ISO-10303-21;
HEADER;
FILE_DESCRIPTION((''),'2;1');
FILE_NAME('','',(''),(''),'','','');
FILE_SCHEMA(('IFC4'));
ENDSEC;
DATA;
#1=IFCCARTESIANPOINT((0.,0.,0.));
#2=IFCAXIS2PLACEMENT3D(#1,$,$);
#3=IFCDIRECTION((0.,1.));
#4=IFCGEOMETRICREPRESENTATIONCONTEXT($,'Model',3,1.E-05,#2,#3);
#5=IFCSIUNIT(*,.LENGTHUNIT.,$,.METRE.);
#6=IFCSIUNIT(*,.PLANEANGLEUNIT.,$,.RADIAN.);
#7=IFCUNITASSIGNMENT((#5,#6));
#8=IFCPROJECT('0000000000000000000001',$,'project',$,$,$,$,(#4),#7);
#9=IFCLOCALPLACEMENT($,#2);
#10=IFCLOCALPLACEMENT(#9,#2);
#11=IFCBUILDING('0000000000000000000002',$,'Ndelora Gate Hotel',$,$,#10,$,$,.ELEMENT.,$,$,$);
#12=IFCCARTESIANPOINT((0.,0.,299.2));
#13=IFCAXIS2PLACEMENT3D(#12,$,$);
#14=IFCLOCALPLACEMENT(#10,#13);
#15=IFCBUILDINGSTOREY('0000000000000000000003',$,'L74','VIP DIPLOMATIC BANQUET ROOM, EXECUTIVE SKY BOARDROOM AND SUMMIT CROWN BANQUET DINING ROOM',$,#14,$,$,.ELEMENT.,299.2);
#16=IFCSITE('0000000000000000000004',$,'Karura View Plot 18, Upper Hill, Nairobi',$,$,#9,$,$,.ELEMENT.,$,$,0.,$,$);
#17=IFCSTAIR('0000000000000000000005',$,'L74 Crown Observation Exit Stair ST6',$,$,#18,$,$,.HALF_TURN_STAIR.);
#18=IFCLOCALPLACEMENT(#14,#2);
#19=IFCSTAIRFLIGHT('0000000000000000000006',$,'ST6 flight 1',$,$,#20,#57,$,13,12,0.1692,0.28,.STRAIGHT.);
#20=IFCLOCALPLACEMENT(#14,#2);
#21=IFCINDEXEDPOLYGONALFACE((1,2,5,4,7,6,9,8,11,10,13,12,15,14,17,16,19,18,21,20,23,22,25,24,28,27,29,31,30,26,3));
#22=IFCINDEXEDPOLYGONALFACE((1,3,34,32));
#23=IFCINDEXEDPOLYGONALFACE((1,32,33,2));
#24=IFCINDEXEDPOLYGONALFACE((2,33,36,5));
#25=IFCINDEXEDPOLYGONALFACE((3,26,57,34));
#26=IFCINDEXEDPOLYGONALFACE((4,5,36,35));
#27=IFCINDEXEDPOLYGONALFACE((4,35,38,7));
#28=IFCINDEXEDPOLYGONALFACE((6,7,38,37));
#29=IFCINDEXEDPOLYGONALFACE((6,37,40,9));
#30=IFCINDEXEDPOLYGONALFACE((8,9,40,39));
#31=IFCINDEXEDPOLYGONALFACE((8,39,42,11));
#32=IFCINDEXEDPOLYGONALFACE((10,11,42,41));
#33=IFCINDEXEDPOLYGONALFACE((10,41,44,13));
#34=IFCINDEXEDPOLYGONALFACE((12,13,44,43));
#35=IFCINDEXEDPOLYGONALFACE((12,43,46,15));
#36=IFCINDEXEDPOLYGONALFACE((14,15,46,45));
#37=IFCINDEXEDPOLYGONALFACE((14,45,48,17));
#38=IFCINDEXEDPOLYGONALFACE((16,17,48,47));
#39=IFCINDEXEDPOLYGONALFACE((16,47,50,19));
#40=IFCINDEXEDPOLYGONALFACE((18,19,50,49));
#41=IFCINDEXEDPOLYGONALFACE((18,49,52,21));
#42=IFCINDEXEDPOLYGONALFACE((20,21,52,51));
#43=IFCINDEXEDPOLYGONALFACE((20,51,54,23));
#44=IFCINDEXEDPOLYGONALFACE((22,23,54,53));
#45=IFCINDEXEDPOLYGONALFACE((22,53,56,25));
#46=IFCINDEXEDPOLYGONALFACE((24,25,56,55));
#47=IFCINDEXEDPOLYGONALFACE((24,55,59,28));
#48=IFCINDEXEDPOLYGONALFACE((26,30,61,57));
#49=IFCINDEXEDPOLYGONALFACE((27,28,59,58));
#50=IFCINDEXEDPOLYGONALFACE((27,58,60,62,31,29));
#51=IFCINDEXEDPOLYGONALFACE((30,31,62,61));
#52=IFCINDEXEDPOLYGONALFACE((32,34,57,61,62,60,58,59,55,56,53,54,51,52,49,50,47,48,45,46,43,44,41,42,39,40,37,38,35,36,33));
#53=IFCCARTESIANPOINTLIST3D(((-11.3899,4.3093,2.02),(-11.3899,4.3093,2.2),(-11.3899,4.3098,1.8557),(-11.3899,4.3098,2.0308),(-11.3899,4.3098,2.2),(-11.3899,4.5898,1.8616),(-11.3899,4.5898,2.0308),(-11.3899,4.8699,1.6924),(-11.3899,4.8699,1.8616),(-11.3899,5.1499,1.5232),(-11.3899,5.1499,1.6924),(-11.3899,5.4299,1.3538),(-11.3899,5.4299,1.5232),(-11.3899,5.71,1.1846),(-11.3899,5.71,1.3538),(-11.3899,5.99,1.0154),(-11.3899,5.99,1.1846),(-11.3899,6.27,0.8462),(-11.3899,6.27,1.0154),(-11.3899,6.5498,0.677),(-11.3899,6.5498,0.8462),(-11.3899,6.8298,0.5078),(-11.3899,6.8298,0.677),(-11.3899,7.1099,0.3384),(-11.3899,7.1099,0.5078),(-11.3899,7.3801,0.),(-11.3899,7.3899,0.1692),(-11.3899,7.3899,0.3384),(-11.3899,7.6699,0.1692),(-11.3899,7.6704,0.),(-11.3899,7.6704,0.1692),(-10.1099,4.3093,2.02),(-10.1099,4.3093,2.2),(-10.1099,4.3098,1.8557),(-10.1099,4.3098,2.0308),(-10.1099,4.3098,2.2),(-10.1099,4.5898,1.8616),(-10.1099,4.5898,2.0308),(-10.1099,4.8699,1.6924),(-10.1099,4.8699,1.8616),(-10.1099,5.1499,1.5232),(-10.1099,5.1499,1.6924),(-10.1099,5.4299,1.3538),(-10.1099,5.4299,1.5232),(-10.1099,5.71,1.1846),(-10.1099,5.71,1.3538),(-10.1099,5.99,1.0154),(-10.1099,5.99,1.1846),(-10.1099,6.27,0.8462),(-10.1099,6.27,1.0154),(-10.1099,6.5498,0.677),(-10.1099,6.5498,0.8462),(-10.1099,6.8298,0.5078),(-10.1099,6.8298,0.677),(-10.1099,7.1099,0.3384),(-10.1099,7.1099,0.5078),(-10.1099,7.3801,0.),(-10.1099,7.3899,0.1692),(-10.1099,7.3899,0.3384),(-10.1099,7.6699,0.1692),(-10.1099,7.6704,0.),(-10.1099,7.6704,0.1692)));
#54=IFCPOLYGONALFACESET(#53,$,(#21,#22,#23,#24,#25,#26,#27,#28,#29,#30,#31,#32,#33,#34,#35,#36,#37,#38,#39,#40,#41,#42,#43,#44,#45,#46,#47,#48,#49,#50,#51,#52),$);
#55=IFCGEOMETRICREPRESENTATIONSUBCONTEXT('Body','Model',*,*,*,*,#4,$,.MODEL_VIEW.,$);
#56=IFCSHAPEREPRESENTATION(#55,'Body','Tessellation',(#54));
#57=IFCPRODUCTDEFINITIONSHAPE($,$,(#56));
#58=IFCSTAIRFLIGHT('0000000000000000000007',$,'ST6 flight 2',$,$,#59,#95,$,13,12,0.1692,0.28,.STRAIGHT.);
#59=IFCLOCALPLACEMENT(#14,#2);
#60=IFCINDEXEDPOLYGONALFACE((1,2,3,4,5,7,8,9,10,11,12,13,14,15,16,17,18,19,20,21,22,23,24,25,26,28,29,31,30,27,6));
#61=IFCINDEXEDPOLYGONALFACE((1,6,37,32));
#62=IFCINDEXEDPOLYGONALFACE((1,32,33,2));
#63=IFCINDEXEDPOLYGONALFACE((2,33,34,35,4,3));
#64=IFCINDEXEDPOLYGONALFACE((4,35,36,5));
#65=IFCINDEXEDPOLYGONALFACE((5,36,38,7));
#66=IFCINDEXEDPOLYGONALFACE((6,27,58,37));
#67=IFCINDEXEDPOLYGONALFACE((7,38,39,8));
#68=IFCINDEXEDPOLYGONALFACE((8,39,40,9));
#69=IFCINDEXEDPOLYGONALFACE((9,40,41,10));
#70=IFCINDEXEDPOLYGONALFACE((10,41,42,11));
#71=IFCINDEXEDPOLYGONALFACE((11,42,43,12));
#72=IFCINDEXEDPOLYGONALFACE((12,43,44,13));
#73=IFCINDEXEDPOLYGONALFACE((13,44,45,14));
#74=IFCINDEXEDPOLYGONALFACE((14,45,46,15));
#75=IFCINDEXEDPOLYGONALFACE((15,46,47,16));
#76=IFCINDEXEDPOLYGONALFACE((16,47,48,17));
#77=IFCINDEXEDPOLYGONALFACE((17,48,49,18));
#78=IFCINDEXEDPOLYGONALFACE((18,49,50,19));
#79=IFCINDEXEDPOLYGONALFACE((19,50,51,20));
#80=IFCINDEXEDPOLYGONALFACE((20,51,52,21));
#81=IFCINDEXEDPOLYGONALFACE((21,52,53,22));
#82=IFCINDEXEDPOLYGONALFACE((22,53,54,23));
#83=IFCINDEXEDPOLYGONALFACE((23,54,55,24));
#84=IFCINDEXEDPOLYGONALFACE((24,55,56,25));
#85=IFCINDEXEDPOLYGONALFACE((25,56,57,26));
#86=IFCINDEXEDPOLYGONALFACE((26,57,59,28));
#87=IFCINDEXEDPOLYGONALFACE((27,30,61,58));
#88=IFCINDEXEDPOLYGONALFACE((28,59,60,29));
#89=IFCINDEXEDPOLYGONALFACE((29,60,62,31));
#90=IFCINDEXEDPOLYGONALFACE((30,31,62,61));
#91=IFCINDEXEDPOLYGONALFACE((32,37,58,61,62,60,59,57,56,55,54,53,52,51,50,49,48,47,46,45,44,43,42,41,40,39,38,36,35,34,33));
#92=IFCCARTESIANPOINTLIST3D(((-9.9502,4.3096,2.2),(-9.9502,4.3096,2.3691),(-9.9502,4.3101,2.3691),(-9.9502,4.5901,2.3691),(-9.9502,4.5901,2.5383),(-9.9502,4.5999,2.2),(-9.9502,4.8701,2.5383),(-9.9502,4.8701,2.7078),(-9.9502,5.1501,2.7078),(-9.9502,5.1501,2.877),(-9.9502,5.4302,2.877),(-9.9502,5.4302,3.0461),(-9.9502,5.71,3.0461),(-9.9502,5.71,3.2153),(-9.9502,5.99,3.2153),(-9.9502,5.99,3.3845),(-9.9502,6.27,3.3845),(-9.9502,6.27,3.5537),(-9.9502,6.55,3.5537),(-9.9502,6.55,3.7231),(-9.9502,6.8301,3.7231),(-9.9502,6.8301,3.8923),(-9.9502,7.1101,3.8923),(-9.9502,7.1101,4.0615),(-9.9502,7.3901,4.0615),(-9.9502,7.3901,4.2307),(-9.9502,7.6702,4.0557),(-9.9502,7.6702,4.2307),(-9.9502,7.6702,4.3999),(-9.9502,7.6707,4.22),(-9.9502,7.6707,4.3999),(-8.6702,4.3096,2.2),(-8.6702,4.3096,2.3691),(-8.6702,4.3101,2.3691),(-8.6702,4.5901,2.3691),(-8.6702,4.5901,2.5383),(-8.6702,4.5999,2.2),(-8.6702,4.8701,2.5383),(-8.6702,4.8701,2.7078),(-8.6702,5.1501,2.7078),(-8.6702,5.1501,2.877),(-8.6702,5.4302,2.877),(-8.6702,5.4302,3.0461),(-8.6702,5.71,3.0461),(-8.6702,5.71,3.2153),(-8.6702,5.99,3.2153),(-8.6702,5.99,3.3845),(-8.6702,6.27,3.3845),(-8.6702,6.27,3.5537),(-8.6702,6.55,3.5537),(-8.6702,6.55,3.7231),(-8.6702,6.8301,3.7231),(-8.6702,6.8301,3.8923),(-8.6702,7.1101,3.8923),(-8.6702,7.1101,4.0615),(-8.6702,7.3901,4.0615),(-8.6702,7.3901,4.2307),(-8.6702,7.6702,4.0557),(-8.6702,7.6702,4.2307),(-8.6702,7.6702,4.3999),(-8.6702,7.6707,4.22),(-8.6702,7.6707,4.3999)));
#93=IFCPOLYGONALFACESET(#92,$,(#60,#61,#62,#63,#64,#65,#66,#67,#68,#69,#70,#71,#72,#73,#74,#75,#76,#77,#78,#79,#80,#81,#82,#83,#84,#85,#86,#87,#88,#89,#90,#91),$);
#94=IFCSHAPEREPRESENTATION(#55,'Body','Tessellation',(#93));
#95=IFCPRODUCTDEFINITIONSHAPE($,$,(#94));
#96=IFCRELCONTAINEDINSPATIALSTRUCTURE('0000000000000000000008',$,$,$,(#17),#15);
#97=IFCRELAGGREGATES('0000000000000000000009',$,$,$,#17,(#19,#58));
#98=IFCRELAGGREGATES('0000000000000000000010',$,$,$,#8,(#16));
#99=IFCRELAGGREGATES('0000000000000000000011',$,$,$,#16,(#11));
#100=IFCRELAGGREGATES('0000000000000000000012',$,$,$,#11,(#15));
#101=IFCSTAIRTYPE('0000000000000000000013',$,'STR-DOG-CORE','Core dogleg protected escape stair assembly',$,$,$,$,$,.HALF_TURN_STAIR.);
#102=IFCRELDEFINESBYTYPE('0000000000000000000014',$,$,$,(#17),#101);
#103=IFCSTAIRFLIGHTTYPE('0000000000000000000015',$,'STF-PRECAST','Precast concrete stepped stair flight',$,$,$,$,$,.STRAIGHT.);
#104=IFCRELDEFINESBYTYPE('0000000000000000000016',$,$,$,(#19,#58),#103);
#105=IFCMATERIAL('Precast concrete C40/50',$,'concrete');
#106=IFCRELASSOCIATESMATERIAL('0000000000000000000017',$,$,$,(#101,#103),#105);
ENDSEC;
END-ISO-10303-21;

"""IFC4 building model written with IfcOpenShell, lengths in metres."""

from ifc_helpers import new_model, si_unit, direction, frame, origin, place, context, subcontext, project, spatial, polyline, outline, extrude, material, type_object, element, aggregate, save


model = new_model("IFC4")

# Units and contexts
model_context = context("Model", 3, precision=1e-05, world=origin(), true_north=direction((0.0, 1.0)))
body_context = subcontext(model_context, "Body", "Model", "MODEL_VIEW")
ifc_project = project(units=[si_unit("LENGTHUNIT", "METRE"), si_unit("PLANEANGLEUNIT", "RADIAN")], contexts=[model_context])

# Site, building, storey
site_placement = place(None, origin())
site = spatial("IfcSite", under=ifc_project, at=site_placement, Name="Karura View Plot 18, Upper Hill, Nairobi", CompositionType="ELEMENT", RefElevation=0.0)
building_placement = place(site_placement, origin())
building = spatial("IfcBuilding", under=site, at=building_placement, Name="Ndelora Gate Hotel", CompositionType="ELEMENT")
storey_placement = place(building_placement, frame((0.0, 0.0, 299.2)))
storey = spatial("IfcBuildingStorey", under=building, at=storey_placement, Name="L74", Description="VIP DIPLOMATIC BANQUET ROOM, EXECUTIVE SKY BOARDROOM AND SUMMIT CROWN BANQUET DINING ROOM", CompositionType="ELEMENT", Elevation=299.2)

# Stair, stair flights
ifc_material_1 = material(Name="Precast concrete C40/50", Category="concrete")
stair_type = type_object("IfcStairType", Name="STR-DOG-CORE", Description="Core dogleg protected escape stair assembly", PredefinedType="HALF_TURN_STAIR", material=ifc_material_1)
stair_placement = place(storey_placement, origin())
stair = element("IfcStair", 1, at=stair_placement, inside=storey, type_object=stair_type, Name="L74 Crown Observation Exit Stair ST6", PredefinedType="HALF_TURN_STAIR")
stair_flight_type = type_object("IfcStairFlightType", Name="STF-PRECAST", Description="Precast concrete stepped stair flight", PredefinedType="STRAIGHT", material=ifc_material_1)
stair_flight_1_placement = place(storey_placement, frame((-10.75, 7.6699, 0.0), z_axis=(0.0, 0.0, 1.0), x_axis=(0.0, -1.0, 0.0)))
stair_flight_1 = element("IfcStairFlight", 2, at=stair_flight_1_placement, type_object=stair_flight_type, Name="ST6 flight 1", NumberOfRisers=13, NumberOfTreads=12, PredefinedType="STRAIGHT", RiserHeight=0.1692, TreadLength=0.28, context=body_context, shape_type="SweptSolid", body=[
    extrude(outline(polyline([(-0.0005, 0.0), (-0.0005, 0.1692), (0.0, 0.1692), (0.28, 0.1692), (0.28, 0.3384), (0.5601, 0.3384), (0.5601, 0.5078), (0.8401, 0.5078), (0.8401, 0.677), (1.1201, 0.677), (1.1201, 0.8462), (1.3999, 0.8462), (1.3999, 1.0154), (1.6799, 1.0154), (1.6799, 1.1846), (1.96, 1.1846), (1.96, 1.3538), (2.24, 1.3538), (2.24, 1.5232), (2.52, 1.5232), (2.52, 1.6924), (2.8, 1.6924), (2.8, 1.8616), (3.0801, 1.8616), (3.0801, 2.0308), (3.3601, 2.0308), (3.3601, 2.2), (3.3606, 2.2), (3.3606, 2.02), (3.3601, 1.8557), (0.2898, 0.0), (-0.0005, 0.0)])), frame((0.0, 0.6401, 0.0), z_axis=(0.0, -1.0, 0.0), x_axis=(1.0, 0.0, 0.0)), (0.0, 0.0, 1.0), 1.28),
])
stair_flight_2_placement = place(storey_placement, frame((-9.3101, 4.3101, 2.2), z_axis=(0.0, 0.0, 1.0), x_axis=(0.0, 1.0, 0.0)))
stair_flight_2 = element("IfcStairFlight", 3, at=stair_flight_2_placement, type_object=stair_flight_type, Name="ST6 flight 2", NumberOfRisers=13, NumberOfTreads=12, PredefinedType="STRAIGHT", RiserHeight=0.1692, TreadLength=0.28, context=body_context, shape_type="SweptSolid", body=[
    extrude(outline(polyline([(-0.0005, 0.0), (-0.0005, 0.1692), (0.0, 0.1692), (0.28, 0.1692), (0.28, 0.3384), (0.5601, 0.3384), (0.5601, 0.5078), (0.8401, 0.5078), (0.8401, 0.677), (1.1201, 0.677), (1.1201, 0.8462), (1.3999, 0.8462), (1.3999, 1.0154), (1.6799, 1.0154), (1.6799, 1.1846), (1.96, 1.1846), (1.96, 1.3538), (2.24, 1.3538), (2.24, 1.5232), (2.52, 1.5232), (2.52, 1.6924), (2.8, 1.6924), (2.8, 1.8616), (3.0801, 1.8616), (3.0801, 2.0308), (3.3601, 2.0308), (3.3601, 2.2), (3.3606, 2.2), (3.3606, 2.02), (3.3601, 1.8557), (0.2898, 0.0), (-0.0005, 0.0)])), frame((0.0, 0.6401, 0.0), z_axis=(0.0, -1.0, 0.0), x_axis=(1.0, 0.0, 0.0)), (0.0, 0.0, 1.0), 1.28),
])
aggregate(stair, [stair_flight_1, stair_flight_2])

save(model, "model.ifc")
